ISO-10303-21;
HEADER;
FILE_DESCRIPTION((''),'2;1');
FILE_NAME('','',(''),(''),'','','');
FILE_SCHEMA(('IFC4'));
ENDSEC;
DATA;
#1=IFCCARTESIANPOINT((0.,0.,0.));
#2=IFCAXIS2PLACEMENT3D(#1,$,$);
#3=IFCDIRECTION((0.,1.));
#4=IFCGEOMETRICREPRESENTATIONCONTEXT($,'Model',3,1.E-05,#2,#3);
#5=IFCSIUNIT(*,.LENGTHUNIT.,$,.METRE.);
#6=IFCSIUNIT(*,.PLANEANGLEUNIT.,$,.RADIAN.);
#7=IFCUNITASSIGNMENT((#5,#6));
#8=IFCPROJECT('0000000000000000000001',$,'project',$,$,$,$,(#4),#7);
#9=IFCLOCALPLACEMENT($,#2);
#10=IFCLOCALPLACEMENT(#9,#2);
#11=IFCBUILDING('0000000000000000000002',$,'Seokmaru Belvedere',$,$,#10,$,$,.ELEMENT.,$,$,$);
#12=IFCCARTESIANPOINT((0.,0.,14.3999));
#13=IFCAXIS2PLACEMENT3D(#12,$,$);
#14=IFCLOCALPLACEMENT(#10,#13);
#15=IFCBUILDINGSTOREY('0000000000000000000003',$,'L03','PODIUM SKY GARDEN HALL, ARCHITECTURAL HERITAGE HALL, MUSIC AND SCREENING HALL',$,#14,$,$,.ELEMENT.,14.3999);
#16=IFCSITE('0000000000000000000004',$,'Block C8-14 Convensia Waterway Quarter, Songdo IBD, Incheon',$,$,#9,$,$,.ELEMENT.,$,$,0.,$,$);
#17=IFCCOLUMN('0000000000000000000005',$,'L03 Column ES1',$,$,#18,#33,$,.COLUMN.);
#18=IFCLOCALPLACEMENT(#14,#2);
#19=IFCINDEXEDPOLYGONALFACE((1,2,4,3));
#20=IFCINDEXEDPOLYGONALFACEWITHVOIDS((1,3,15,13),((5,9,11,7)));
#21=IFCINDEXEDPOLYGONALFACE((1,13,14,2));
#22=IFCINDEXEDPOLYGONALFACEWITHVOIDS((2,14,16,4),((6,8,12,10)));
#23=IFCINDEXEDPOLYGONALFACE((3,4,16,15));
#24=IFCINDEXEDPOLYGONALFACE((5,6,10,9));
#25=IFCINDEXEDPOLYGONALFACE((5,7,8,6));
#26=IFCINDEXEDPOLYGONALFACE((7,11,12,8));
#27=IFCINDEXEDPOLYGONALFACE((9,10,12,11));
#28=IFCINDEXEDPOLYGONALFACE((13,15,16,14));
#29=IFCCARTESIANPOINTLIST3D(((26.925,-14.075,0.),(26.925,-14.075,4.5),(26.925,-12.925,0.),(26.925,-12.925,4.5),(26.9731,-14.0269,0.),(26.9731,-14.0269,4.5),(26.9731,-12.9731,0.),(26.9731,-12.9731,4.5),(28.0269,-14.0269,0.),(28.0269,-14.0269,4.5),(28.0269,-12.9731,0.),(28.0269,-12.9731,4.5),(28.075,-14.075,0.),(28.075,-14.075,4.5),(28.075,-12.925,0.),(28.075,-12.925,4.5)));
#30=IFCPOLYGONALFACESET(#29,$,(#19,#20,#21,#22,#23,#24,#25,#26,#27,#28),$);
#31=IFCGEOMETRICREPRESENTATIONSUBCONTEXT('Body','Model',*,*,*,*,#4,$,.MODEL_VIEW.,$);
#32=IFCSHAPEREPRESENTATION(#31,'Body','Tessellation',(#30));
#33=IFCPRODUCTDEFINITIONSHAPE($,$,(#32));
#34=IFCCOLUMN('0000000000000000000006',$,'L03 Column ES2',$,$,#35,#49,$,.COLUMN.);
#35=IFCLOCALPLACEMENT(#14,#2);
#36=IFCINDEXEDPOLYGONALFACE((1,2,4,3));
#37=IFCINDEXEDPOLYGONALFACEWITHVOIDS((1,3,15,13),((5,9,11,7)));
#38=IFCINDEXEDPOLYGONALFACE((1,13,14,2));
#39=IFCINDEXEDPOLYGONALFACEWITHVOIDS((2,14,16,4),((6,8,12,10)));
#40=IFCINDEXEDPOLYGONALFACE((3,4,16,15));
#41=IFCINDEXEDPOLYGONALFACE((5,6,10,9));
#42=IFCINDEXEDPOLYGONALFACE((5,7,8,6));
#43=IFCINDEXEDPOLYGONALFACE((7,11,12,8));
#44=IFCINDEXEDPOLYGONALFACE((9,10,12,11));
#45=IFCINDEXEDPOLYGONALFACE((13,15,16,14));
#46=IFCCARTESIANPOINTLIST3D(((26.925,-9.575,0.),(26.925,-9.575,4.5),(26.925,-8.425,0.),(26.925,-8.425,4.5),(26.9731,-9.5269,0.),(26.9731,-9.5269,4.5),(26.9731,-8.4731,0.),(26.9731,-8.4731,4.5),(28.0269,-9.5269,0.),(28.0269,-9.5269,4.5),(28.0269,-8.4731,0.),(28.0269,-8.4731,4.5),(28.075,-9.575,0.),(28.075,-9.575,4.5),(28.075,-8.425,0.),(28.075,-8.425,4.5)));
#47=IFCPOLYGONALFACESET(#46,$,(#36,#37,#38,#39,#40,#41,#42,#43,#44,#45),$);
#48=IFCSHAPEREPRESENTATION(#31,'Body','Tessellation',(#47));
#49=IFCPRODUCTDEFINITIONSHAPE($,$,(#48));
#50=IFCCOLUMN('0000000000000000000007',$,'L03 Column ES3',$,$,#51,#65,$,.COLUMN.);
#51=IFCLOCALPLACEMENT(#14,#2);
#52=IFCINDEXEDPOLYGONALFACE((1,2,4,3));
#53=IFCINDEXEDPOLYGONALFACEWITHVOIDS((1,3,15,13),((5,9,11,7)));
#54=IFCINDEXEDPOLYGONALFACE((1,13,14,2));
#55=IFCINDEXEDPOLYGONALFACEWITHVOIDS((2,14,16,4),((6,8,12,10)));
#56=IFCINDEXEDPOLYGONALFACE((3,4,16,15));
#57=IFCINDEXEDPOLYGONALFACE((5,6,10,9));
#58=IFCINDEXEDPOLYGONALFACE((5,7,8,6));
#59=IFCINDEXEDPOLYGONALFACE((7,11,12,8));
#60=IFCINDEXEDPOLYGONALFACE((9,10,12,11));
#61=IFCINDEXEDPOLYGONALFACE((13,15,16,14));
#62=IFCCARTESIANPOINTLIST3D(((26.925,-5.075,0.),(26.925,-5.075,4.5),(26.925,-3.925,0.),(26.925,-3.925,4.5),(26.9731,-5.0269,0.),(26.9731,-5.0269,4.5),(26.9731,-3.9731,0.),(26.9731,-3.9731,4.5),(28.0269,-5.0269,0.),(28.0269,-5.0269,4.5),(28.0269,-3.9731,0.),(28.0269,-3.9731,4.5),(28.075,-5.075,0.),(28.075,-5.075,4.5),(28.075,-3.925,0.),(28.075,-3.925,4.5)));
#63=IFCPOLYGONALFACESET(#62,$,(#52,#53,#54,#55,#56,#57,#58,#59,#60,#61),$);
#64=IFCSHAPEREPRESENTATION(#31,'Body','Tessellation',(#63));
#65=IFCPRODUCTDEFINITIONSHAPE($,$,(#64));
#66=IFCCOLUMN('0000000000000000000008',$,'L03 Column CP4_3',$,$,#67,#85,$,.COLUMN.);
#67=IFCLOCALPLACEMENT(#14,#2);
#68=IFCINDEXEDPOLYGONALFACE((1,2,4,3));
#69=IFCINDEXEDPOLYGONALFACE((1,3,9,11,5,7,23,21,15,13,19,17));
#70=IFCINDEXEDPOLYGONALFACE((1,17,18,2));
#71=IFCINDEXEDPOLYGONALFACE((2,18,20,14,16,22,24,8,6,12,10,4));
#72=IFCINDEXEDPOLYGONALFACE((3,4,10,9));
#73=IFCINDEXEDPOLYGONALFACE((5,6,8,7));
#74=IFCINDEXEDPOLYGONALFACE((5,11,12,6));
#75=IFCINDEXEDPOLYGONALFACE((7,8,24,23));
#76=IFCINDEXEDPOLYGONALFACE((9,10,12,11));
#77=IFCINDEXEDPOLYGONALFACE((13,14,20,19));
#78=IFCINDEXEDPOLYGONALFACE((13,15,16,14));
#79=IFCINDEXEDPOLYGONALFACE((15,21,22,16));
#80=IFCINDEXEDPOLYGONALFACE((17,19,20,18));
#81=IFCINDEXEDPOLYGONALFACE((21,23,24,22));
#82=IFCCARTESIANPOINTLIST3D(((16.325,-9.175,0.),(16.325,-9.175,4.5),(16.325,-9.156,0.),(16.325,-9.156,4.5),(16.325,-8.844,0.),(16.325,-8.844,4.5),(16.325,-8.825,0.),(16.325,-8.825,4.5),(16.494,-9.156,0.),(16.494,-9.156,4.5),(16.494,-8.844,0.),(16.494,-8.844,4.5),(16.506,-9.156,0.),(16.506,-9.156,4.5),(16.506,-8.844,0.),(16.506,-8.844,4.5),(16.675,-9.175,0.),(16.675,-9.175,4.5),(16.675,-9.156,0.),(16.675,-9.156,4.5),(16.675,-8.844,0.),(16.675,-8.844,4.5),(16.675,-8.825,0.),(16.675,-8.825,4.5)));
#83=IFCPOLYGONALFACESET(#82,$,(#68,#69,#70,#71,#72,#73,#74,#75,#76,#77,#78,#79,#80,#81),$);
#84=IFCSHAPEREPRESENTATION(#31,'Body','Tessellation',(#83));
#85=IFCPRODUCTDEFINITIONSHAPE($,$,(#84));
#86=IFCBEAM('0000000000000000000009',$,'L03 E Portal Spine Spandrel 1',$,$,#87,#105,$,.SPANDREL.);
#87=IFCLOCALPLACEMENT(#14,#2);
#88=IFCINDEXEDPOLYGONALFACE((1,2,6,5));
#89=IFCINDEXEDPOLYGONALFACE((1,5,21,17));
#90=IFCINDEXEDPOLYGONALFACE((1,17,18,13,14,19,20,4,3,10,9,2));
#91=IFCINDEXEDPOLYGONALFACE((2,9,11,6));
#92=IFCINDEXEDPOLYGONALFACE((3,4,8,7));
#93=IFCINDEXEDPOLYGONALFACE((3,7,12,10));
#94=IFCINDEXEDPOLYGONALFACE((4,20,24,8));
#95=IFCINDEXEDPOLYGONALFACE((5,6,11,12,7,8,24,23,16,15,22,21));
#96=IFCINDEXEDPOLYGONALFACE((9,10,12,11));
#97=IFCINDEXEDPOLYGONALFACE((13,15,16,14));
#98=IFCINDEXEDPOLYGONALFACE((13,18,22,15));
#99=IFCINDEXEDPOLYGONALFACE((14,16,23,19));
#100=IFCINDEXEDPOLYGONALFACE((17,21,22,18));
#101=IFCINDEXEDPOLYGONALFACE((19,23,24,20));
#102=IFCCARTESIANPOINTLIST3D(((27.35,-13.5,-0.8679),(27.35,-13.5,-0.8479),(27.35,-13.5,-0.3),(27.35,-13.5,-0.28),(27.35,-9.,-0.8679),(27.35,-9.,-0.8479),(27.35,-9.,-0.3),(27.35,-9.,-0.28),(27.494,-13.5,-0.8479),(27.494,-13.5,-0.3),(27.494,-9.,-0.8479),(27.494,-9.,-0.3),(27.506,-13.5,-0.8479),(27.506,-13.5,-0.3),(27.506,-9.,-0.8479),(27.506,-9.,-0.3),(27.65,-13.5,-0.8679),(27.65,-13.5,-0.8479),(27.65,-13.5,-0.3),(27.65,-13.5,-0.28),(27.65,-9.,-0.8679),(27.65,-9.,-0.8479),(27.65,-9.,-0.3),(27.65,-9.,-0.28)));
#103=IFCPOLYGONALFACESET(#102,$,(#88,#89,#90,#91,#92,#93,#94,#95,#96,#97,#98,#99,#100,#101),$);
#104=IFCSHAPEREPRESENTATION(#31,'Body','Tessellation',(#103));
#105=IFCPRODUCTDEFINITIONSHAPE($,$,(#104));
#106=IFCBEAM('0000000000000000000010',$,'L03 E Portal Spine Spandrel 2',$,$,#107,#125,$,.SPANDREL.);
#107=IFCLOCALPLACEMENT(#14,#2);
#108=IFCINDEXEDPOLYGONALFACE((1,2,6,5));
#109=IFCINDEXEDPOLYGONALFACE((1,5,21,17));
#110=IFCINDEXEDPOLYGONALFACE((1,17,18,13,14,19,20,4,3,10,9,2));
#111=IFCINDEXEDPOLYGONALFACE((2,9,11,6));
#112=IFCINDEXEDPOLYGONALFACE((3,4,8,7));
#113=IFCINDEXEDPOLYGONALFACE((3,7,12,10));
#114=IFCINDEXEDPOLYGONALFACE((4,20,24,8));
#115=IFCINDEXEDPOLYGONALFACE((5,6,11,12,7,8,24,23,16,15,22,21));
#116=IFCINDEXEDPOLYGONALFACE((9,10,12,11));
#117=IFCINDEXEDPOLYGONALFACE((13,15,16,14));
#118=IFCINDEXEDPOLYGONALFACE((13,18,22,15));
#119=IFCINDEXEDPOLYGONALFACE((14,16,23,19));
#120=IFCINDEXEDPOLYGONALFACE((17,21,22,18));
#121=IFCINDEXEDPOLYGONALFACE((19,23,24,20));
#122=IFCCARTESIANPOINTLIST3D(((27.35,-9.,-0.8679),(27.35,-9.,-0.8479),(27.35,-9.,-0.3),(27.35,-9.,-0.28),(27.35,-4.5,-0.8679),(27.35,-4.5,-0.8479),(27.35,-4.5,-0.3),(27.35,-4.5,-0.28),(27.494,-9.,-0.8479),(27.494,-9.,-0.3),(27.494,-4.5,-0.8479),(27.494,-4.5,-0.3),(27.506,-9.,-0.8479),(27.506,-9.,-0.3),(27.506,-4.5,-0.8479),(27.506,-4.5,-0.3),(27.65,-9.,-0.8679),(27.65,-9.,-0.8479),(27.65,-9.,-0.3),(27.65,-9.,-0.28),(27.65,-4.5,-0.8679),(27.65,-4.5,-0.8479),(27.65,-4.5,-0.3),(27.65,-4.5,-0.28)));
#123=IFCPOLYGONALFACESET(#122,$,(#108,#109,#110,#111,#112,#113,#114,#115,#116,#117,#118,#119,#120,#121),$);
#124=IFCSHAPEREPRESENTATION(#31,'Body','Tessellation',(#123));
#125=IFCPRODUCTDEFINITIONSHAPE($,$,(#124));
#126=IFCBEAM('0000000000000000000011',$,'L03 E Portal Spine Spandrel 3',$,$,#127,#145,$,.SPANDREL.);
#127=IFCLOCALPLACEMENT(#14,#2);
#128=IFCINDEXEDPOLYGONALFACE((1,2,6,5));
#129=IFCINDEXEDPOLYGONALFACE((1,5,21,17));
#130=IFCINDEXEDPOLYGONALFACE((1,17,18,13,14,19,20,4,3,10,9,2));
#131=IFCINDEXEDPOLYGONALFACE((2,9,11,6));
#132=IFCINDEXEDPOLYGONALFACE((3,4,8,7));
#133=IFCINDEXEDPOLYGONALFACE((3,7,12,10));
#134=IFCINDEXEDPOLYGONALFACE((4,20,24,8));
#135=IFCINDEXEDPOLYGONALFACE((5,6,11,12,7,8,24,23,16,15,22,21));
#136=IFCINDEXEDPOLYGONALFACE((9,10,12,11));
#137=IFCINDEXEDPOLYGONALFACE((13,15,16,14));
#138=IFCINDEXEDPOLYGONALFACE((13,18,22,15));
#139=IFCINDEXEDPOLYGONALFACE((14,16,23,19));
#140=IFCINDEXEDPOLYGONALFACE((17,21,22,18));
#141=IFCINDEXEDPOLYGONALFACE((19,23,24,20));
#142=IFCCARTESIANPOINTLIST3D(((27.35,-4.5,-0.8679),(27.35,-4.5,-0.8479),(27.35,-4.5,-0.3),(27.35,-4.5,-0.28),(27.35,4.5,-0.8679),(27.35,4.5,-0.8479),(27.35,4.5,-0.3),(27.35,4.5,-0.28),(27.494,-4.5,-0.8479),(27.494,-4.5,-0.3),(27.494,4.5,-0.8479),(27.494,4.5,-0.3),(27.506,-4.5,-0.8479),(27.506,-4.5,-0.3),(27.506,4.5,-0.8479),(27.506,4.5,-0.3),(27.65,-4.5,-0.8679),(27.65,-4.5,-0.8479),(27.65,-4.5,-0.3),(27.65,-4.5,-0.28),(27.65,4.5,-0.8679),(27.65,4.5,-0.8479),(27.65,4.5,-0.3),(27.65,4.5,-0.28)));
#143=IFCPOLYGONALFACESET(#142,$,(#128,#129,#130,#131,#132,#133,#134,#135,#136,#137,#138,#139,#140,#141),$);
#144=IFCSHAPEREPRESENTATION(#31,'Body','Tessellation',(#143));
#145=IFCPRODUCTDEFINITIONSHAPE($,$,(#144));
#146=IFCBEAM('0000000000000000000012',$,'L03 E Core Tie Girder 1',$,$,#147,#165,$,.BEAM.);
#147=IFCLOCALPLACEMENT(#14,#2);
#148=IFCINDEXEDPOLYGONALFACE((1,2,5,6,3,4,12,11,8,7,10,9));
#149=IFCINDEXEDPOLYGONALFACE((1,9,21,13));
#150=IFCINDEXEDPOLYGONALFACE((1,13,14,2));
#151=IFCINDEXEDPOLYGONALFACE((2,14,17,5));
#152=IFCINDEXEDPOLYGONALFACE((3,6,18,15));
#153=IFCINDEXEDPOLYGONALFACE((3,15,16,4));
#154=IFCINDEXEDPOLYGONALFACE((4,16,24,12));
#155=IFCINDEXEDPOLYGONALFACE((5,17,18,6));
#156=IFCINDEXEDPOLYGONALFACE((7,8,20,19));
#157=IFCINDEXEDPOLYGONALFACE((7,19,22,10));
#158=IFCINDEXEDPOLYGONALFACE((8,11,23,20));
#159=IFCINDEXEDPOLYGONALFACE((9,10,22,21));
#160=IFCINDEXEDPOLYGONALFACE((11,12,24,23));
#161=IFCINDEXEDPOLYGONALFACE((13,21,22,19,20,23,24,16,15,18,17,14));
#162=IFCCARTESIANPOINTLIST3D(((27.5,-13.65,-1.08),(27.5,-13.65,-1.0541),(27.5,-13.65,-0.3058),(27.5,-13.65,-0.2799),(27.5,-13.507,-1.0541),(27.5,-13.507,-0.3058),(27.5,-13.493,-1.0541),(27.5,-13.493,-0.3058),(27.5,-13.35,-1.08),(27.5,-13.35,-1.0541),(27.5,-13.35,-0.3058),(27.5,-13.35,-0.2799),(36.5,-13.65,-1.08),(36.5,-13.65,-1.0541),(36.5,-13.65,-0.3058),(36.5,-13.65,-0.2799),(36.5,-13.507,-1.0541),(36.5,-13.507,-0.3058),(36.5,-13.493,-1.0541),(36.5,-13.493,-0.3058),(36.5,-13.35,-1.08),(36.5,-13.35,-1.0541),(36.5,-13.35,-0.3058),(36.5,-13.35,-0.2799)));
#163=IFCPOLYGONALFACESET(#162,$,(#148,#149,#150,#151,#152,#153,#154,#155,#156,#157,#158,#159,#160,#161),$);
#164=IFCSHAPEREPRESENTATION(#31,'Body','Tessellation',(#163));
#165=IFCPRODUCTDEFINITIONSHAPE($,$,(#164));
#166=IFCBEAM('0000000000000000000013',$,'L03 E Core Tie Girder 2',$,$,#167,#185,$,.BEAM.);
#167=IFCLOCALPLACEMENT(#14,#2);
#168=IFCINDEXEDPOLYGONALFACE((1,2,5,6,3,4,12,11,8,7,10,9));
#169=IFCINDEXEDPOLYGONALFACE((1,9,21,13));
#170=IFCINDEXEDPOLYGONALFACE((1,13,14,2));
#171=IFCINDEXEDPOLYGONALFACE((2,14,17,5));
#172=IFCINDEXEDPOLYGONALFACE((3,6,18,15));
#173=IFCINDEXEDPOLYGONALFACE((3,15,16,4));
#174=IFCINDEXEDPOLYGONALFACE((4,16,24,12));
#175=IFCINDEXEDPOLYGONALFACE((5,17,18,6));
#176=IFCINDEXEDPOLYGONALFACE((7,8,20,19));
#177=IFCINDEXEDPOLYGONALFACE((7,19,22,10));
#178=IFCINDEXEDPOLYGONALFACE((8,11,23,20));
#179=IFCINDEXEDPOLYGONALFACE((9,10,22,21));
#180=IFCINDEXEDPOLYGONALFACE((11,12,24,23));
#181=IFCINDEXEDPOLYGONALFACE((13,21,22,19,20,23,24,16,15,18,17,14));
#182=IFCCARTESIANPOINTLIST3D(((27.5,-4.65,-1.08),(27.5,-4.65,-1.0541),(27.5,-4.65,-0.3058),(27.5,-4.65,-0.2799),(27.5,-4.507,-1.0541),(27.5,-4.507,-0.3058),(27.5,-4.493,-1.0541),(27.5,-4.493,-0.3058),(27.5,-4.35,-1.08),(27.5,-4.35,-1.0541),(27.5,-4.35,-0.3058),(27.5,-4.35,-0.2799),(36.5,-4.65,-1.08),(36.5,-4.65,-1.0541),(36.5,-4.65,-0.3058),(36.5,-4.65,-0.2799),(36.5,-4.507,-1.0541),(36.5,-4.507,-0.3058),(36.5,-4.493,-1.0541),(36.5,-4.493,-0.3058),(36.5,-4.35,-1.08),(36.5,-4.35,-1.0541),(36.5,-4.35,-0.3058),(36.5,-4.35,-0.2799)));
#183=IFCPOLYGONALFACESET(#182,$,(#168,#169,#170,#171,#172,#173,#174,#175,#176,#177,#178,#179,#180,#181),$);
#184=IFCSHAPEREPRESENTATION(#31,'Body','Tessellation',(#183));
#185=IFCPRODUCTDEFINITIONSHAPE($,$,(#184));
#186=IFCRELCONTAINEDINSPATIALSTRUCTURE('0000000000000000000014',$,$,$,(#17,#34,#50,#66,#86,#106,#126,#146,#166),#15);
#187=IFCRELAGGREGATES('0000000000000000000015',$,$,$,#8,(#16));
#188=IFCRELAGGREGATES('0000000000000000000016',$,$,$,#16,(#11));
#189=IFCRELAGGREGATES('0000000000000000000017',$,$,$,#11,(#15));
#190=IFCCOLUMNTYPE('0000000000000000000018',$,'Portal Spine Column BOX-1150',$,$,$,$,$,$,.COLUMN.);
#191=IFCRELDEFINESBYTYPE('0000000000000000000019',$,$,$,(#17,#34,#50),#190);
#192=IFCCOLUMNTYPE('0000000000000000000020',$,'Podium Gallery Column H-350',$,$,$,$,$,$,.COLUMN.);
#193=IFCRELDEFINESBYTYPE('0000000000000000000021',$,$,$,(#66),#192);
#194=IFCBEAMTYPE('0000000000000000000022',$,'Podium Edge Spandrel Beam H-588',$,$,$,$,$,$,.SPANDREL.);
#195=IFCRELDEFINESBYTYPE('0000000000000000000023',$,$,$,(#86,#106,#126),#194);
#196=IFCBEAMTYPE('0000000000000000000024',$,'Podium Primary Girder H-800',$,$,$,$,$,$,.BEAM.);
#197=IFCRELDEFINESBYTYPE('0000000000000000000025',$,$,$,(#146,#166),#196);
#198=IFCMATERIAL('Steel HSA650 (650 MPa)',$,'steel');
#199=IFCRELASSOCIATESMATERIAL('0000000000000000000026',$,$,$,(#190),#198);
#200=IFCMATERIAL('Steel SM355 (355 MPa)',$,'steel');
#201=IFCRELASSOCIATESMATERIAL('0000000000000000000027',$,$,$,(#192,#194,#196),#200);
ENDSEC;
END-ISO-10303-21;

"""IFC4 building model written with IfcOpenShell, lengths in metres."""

from ifc_helpers import new_model, si_unit, direction, frame, origin, origin_2d, place, context, subcontext, project, spatial, hollow_rectangle, i_section, extrude, source, transform, mapped, material, material_profile, profile_set, type_object, type_shapes, element, save


model = new_model("IFC4")

# Units and contexts
model_context = context("Model", 3, precision=1e-05, world=origin(), true_north=direction((0.0, 1.0)))
body_context = subcontext(model_context, "Body", "Model", "MODEL_VIEW")
ifc_project = project(units=[si_unit("LENGTHUNIT", "METRE"), si_unit("PLANEANGLEUNIT", "RADIAN")], contexts=[model_context])

# Site, building, storey
site_placement = place(None, origin())
site = spatial("IfcSite", under=ifc_project, at=site_placement, Name="Block C8-14 Convensia Waterway Quarter, Songdo IBD, Incheon", CompositionType="ELEMENT", RefElevation=0.0)
building_placement = place(site_placement, origin())
building = spatial("IfcBuilding", under=site, at=building_placement, Name="Seokmaru Belvedere", CompositionType="ELEMENT")
storey_placement = place(building_placement, frame((0.0, 0.0, 14.3999)))
storey = spatial("IfcBuildingStorey", under=building, at=storey_placement, Name="L03", Description="PODIUM SKY GARDEN HALL, ARCHITECTURAL HERITAGE HALL, MUSIC AND SCREENING HALL", CompositionType="ELEMENT", Elevation=14.3999)

# Columns
ifc_material_1 = material(Name="Steel HSA650 (650 MPa)", Category="steel")
ifc_material_profile_1 = material_profile(ifc_material_1, hollow_rectangle(XDim=1.1499, YDim=1.1499, WallThickness=0.0481, at=origin_2d()), Name="BOX-1150x1150x48")
ifc_profile_set_1 = profile_set([ifc_material_profile_1], Name="Steel HSA650 (650 MPa)")
column_type_1 = type_object("IfcColumnType", Name="Portal Spine Column BOX-1150", PredefinedType="COLUMN", material=ifc_profile_set_1)
shared_shape_1 = source(origin(), body_context, "Body", "SweptSolid", [
    extrude(hollow_rectangle(XDim=1.1499, YDim=1.1499, WallThickness=0.0481, at=origin_2d()), origin(), (0.0, 0.0, 1.0), 4.5),
])
type_shapes(column_type_1, [shared_shape_1])
for number, where, z_axis, x_axis, name in (
    (1, (27.5, -13.5, 0.0), (0.0, 0.0, 1.0), (1.0, 0.0, 0.0), "L03 Column ES1"),
    (2, (27.5, -9.0, 0.0), (0.0, 0.0, 1.0), (1.0, 0.0, 0.0), "L03 Column ES2"),
    (3, (27.5, -4.5, 0.0), (0.0, 0.0, 1.0), (1.0, 0.0, 0.0), "L03 Column ES3"),
):
    element("IfcColumn", number, at=place(storey_placement, frame(where, z_axis=z_axis, x_axis=x_axis)), inside=storey, type_object=column_type_1, Name=name, PredefinedType="COLUMN", context=body_context, shape_type="MappedRepresentation", body=[
        mapped(shared_shape_1, transform((0.0, 0.0, 0.0), scale=1.0)),
    ])
ifc_material_2 = material(Name="Steel SM355 (355 MPa)", Category="steel")
ifc_material_profile_2 = material_profile(ifc_material_2, i_section(OverallWidth=0.3501, OverallDepth=0.3501, WebThickness=0.012, FlangeThickness=0.019, at=origin_2d()), Name="H-350x350x12x19")
ifc_profile_set_2 = profile_set([ifc_material_profile_2], Name="Steel SM355 (355 MPa)")
column_type_2 = type_object("IfcColumnType", Name="Podium Gallery Column H-350", PredefinedType="COLUMN", material=ifc_profile_set_2)
shared_shape_2 = source(origin(), body_context, "Body", "SweptSolid", [
    extrude(i_section(OverallWidth=0.3501, OverallDepth=0.3501, WebThickness=0.012, FlangeThickness=0.019, at=origin_2d()), origin(), (0.0, 0.0, 1.0), 4.5),
])
type_shapes(column_type_2, [shared_shape_2])
column_placement = place(storey_placement, frame((16.5, -9.0, 0.0), z_axis=(0.0, 0.0, 1.0), x_axis=(1.0, 0.0, 0.0)))
element("IfcColumn", 4, at=column_placement, inside=storey, type_object=column_type_2, Name="L03 Column CP4_3", PredefinedType="COLUMN", context=body_context, shape_type="MappedRepresentation", body=[
    mapped(shared_shape_2, transform((0.0, 0.0, 0.0), scale=1.0)),
])

# Beams
ifc_material_profile_3 = material_profile(ifc_material_2, i_section(OverallWidth=0.3, OverallDepth=0.5879, WebThickness=0.012, FlangeThickness=0.02, at=origin_2d()), Name="H-588x300x12x20")
ifc_profile_set_3 = profile_set([ifc_material_profile_3], Name="Steel SM355 (355 MPa)")
beam_type_1 = type_object("IfcBeamType", Name="Podium Edge Spandrel Beam H-588", PredefinedType="SPANDREL", material=ifc_profile_set_3)
shared_shape_3 = source(origin(), body_context, "Body", "SweptSolid", [
    extrude(i_section(OverallWidth=0.3, OverallDepth=0.5879, WebThickness=0.012, FlangeThickness=0.02, at=origin_2d()), origin(), (0.0, 0.0, 1.0), 4.5),
])
for number, where, z_axis, x_axis, name in (
    (5, (27.5, -13.5, -0.574), (0.0, 1.0, 0.0), (-1.0, 0.0, 0.0), "L03 E Portal Spine Spandrel 1"),
    (6, (27.5, -9.0, -0.574), (0.0, 1.0, 0.0), (-1.0, 0.0, 0.0), "L03 E Portal Spine Spandrel 2"),
):
    element("IfcBeam", number, at=place(storey_placement, frame(where, z_axis=z_axis, x_axis=x_axis)), inside=storey, type_object=beam_type_1, Name=name, PredefinedType="SPANDREL", context=body_context, shape_type="MappedRepresentation", body=[
        mapped(shared_shape_3, transform((0.0, 0.0, 0.0), scale=1.0)),
    ])
shared_shape_4 = source(origin(), body_context, "Body", "SweptSolid", [
    extrude(i_section(OverallWidth=0.3, OverallDepth=0.5879, WebThickness=0.012, FlangeThickness=0.02, at=origin_2d()), origin(), (0.0, 0.0, 1.0), 9.0),
])
type_shapes(beam_type_1, [shared_shape_3, shared_shape_4])
beam_1_placement = place(storey_placement, frame((27.5, -4.5, -0.574), z_axis=(0.0, 1.0, 0.0), x_axis=(-1.0, 0.0, 0.0)))
element("IfcBeam", 7, at=beam_1_placement, inside=storey, type_object=beam_type_1, Name="L03 E Portal Spine Spandrel 3", PredefinedType="SPANDREL", context=body_context, shape_type="MappedRepresentation", body=[
    mapped(shared_shape_4, transform((0.0, 0.0, 0.0), scale=1.0)),
])
ifc_material_profile_4 = material_profile(ifc_material_2, i_section(OverallWidth=0.3, OverallDepth=0.8, WebThickness=0.0139, FlangeThickness=0.0259, at=origin_2d()), Name="H-800x300x14x26")
ifc_profile_set_4 = profile_set([ifc_material_profile_4], Name="Steel SM355 (355 MPa)")
beam_type_2 = type_object("IfcBeamType", Name="Podium Primary Girder H-800", PredefinedType="BEAM", material=ifc_profile_set_4)
shared_shape_5 = source(origin(), body_context, "Body", "SweptSolid", [
    extrude(i_section(OverallWidth=0.3, OverallDepth=0.8, WebThickness=0.0139, FlangeThickness=0.0259, at=origin_2d()), origin(), (0.0, 0.0, 1.0), 9.0),
])
for number, where, z_axis, x_axis, name in (
    (8, (27.5, -13.5, -0.6799), (1.0, 0.0, 0.0), (0.0, 1.0, 0.0), "L03 E Core Tie Girder 1"),
    (9, (27.5, -4.5, -0.6799), (1.0, 0.0, 0.0), (0.0, 1.0, 0.0), "L03 E Core Tie Girder 2"),
):
    element("IfcBeam", number, at=place(storey_placement, frame(where, z_axis=z_axis, x_axis=x_axis)), inside=storey, type_object=beam_type_2, Name=name, PredefinedType="BEAM", context=body_context, shape_type="MappedRepresentation", body=[
        mapped(shared_shape_5, transform((0.0, 0.0, 0.0), scale=1.0)),
    ])

save(model, "model.ifc")
